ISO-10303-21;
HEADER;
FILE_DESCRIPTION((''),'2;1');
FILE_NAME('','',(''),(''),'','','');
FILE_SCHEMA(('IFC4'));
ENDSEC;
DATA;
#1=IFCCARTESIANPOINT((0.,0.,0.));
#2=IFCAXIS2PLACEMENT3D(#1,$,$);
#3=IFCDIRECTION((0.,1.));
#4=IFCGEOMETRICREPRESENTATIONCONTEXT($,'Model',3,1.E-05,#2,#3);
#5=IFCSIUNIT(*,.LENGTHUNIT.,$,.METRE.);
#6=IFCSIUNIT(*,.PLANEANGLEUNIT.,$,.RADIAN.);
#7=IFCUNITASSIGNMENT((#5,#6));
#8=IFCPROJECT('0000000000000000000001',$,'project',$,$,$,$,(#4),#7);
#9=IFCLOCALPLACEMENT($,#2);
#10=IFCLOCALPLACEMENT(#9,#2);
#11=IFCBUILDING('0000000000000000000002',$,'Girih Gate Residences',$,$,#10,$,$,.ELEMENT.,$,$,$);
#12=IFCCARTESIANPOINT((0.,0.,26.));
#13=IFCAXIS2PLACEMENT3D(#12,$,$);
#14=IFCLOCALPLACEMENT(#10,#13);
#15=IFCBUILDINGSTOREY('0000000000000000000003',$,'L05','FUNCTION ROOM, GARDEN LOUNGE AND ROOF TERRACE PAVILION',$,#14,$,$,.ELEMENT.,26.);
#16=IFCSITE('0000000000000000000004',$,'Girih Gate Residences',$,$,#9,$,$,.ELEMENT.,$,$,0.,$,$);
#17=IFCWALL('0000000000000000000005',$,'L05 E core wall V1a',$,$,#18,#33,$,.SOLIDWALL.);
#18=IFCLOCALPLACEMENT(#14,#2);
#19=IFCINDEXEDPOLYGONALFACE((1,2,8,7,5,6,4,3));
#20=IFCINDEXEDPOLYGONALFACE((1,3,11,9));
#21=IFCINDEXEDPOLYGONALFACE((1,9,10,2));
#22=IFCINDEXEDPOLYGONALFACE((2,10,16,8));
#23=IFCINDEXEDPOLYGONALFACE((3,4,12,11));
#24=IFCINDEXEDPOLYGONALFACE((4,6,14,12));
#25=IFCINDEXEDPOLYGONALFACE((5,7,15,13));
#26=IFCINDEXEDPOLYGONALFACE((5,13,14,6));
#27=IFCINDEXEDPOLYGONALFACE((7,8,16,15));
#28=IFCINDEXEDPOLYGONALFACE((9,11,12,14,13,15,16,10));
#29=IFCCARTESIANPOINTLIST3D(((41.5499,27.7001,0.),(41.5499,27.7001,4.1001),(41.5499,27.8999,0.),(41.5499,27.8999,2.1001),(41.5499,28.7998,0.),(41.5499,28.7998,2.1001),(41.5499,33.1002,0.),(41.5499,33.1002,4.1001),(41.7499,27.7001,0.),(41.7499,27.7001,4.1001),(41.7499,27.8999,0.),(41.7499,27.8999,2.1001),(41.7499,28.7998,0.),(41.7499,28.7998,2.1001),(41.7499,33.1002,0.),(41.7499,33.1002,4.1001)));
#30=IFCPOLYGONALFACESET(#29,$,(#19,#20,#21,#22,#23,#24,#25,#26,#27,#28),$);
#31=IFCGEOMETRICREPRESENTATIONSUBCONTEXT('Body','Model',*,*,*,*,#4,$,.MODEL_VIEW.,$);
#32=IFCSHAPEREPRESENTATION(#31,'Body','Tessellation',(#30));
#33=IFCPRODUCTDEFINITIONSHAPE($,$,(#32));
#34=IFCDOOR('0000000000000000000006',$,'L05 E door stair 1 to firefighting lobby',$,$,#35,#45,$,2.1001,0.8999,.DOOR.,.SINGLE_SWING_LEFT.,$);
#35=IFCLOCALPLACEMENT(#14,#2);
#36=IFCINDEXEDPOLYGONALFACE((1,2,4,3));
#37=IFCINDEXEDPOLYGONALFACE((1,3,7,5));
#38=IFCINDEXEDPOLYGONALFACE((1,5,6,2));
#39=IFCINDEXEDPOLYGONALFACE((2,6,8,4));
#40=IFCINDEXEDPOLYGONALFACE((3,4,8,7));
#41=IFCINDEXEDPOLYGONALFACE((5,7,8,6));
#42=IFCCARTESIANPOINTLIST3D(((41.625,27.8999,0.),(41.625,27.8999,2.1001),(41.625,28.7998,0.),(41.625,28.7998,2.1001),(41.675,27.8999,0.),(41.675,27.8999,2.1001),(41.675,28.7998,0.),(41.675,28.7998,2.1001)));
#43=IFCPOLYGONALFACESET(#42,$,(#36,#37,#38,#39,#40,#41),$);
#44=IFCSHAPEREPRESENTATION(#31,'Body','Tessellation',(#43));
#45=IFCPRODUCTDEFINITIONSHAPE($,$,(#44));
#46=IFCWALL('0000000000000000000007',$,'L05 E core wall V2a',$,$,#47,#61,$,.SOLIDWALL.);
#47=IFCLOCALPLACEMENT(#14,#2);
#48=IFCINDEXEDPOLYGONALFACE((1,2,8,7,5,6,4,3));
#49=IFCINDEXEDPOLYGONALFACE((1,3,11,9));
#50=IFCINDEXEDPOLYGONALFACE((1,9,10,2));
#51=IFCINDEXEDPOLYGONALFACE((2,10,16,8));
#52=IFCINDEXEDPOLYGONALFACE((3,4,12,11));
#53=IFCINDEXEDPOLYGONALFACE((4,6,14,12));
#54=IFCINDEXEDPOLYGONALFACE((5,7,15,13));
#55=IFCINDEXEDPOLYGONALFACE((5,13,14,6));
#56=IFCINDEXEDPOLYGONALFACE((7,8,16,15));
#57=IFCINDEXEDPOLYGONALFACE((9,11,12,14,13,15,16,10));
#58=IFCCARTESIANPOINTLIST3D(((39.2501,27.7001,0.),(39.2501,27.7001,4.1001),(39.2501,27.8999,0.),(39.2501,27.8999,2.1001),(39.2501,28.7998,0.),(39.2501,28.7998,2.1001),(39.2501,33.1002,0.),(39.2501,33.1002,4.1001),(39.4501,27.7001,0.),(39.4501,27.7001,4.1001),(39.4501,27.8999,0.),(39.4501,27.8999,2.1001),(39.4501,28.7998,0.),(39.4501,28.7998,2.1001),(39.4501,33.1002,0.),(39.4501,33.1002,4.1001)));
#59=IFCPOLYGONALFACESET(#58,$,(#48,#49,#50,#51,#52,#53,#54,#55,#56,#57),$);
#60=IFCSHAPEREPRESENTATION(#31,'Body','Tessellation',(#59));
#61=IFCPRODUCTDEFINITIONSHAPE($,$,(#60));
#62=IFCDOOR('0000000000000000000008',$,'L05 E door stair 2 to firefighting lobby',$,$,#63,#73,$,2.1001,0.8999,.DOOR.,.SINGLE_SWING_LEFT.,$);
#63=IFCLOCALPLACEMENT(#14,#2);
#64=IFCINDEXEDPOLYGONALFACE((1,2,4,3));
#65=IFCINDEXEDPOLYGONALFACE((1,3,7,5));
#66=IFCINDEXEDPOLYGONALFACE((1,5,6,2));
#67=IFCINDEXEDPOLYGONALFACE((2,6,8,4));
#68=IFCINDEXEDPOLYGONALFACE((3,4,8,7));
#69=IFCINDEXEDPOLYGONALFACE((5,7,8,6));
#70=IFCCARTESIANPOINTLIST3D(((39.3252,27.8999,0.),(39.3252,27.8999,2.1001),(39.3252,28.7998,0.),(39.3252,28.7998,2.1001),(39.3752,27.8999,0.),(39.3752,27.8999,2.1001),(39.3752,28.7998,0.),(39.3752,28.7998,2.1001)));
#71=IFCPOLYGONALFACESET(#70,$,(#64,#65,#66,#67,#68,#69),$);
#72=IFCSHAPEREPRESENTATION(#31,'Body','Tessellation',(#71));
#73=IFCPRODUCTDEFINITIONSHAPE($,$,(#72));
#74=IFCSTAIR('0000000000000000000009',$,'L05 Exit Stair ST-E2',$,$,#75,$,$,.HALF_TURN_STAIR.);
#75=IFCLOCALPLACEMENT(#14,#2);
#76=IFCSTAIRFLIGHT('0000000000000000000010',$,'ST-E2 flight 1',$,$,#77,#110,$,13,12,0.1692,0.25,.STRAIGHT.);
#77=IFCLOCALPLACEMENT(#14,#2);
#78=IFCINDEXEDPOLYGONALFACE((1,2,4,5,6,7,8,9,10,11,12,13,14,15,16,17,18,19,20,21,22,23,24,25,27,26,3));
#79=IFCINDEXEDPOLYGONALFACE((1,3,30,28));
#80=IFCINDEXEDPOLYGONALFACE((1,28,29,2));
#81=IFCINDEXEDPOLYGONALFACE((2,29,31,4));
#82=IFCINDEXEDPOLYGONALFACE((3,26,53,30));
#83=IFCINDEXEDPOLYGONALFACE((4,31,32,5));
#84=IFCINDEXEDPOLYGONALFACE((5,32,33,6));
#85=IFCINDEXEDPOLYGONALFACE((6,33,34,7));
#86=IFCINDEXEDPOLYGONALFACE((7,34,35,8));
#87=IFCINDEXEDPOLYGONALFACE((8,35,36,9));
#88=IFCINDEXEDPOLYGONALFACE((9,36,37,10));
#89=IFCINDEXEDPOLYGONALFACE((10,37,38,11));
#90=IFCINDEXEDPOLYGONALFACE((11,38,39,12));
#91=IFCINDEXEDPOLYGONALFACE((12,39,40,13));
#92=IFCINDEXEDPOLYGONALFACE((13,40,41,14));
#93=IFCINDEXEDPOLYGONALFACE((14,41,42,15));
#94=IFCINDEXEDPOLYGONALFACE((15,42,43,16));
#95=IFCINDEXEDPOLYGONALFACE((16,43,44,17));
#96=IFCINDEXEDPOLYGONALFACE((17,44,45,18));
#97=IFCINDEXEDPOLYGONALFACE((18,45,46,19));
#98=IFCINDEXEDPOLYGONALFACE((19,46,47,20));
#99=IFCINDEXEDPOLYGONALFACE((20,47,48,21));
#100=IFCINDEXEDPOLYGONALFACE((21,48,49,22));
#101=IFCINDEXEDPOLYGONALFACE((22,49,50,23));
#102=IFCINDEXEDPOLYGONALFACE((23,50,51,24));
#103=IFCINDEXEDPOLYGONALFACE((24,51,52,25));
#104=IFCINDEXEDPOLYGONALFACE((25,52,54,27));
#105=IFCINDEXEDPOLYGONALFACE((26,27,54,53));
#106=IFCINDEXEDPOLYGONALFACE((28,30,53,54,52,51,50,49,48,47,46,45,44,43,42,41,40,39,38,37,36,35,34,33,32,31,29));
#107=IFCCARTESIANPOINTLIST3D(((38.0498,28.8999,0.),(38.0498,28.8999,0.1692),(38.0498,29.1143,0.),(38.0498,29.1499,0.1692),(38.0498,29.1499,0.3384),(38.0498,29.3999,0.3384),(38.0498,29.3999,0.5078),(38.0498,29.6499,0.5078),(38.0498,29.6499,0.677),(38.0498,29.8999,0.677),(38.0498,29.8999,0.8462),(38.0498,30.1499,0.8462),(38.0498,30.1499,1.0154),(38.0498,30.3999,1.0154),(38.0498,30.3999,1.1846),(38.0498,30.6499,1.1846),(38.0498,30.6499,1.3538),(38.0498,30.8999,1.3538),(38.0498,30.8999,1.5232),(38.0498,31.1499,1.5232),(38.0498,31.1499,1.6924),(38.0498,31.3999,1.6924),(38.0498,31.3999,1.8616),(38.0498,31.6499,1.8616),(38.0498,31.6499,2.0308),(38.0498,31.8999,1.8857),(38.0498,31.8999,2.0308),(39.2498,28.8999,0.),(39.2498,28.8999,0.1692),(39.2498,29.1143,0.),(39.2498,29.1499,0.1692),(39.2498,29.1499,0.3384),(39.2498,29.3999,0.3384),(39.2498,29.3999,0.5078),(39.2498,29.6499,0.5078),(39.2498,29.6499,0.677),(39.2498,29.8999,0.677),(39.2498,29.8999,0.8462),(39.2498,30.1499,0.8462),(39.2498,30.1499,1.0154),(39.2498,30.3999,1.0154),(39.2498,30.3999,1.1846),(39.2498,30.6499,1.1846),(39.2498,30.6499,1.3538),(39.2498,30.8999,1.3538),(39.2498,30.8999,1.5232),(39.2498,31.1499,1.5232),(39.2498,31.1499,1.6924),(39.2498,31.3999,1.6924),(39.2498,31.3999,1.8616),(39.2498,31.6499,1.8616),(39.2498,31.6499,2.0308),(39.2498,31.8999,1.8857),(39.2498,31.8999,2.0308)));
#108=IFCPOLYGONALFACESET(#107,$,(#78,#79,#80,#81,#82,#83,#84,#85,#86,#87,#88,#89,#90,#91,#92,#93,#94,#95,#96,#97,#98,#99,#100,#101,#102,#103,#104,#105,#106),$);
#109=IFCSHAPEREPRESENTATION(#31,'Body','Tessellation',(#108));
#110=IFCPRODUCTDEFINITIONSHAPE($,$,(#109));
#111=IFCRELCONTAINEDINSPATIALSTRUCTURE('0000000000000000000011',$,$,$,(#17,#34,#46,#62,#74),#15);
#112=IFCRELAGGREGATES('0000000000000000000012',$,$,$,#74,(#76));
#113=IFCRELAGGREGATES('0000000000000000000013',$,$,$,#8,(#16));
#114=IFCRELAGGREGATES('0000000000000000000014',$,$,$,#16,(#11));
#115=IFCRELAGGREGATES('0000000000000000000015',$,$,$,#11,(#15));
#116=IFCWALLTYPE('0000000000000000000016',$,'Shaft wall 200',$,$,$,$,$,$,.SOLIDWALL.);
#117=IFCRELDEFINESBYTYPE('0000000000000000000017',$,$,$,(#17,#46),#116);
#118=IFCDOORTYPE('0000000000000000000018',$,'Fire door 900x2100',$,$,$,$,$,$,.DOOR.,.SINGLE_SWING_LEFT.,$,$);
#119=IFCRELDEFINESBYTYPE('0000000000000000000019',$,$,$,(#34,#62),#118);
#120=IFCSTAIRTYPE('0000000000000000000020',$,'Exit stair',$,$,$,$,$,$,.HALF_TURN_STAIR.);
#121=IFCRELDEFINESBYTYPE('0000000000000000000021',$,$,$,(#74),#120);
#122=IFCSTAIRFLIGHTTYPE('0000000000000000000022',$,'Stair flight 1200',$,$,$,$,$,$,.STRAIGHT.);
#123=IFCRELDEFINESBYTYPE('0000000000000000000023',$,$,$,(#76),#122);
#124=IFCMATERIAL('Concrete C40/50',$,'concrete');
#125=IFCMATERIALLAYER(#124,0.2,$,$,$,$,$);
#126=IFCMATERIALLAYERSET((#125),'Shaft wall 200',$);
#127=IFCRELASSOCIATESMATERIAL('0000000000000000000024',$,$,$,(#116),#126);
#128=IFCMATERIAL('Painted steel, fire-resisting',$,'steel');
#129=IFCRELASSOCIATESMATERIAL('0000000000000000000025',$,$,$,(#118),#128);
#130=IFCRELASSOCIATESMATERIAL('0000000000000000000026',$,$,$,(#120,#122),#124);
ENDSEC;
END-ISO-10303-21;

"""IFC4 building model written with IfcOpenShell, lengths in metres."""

from ifc_helpers import new_model, si_unit, direction, frame, frame_2d, origin, place, context, subcontext, project, spatial, polyline, rectangle, outline, extrude, material, layer, layer_set, type_object, element, fill, aggregate, save


model = new_model("IFC4")

# Units and contexts
model_context = context("Model", 3, precision=1e-05, world=origin(), true_north=direction((0.0, 1.0)))
body_context = subcontext(model_context, "Body", "Model", "MODEL_VIEW")
ifc_project = project(units=[si_unit("LENGTHUNIT", "METRE"), si_unit("PLANEANGLEUNIT", "RADIAN")], contexts=[model_context])

# Site, building, storey
site_placement = place(None, origin())
site = spatial("IfcSite", under=ifc_project, at=site_placement, Name="Girih Gate Residences", CompositionType="ELEMENT", RefElevation=0.0)
building_placement = place(site_placement, origin())
building = spatial("IfcBuilding", under=site, at=building_placement, Name="Girih Gate Residences", CompositionType="ELEMENT")
storey_placement = place(building_placement, frame((0.0, 0.0, 26.0)))
storey = spatial("IfcBuildingStorey", under=building, at=storey_placement, Name="L05", Description="FUNCTION ROOM, GARDEN LOUNGE AND ROOF TERRACE PAVILION", CompositionType="ELEMENT", Elevation=26.0)

# Shared definitions
ifc_material_1 = material(Name="Painted steel, fire-resisting", Category="steel")

# Walls, openings, doors
ifc_material_2 = material(Name="Concrete C40/50", Category="concrete")
ifc_layer_1 = layer(ifc_material_2, 0.2)
ifc_layer_set_1 = layer_set([ifc_layer_1], Name="Shaft wall 200")
wall_type_1 = type_object("IfcWallType", Name="Shaft wall 200", PredefinedType="SOLIDWALL", material=ifc_layer_set_1)
wall_1_placement = place(storey_placement, frame((41.6499, 27.7, 0.0), z_axis=(0.0, 0.0, 1.0), x_axis=(0.0, 1.0, 0.0)))
wall_1 = element("IfcWall", 1, at=wall_1_placement, inside=storey, type_object=wall_type_1, Name="L05 E core wall V1a", PredefinedType="SOLIDWALL", context=body_context, shape_type="SweptSolid", body=[
    extrude(rectangle(XDim=5.4001, YDim=0.2, at=frame_2d((2.7002, 0.0))), origin(), (0.0, 0.0, 1.0), 4.1001),
])
opening_1_placement = place(wall_1_placement, frame((0.2, 0.0, 0.0)))
opening_1 = element("IfcOpeningElement", 2, at=opening_1_placement, cuts=wall_1, PredefinedType="OPENING", context=body_context, shape_type="SweptSolid", body=[
    extrude(rectangle(XDim=0.8999, YDim=2.1001, at=frame_2d((0.45, 1.05))), frame((0.0, 0.1099, 0.0), z_axis=(0.0, -1.0, 0.0), x_axis=(1.0, 0.0, 0.0)), (0.0, 0.0, 1.0), 0.22),
])
door_type_1 = type_object("IfcDoorType", Name="Fire door 900x2100", OperationType="SINGLE_SWING_LEFT", PredefinedType="DOOR", material=ifc_material_1)
door_1_placement = place(opening_1_placement, origin())
door_1 = element("IfcDoor", 3, at=door_1_placement, inside=storey, type_object=door_type_1, Name="L05 E door stair 1 to firefighting lobby", OperationType="SINGLE_SWING_LEFT", OverallHeight=2.1001, OverallWidth=0.8999, PredefinedType="DOOR", context=body_context, shape_type="SweptSolid", body=[
    extrude(rectangle(XDim=0.8999, YDim=2.1001, at=frame_2d((0.45, 1.05))), frame((0.0, 0.0249, 0.0), z_axis=(0.0, -1.0, 0.0), x_axis=(1.0, 0.0, 0.0)), (0.0, 0.0, 1.0), 0.05),
])
fill(opening_1, door_1)
wall_2_placement = place(storey_placement, frame((39.3501, 27.7, 0.0), z_axis=(0.0, 0.0, 1.0), x_axis=(0.0, 1.0, 0.0)))
wall_2 = element("IfcWall", 4, at=wall_2_placement, inside=storey, type_object=wall_type_1, Name="L05 E core wall V2a", PredefinedType="SOLIDWALL", context=body_context, shape_type="SweptSolid", body=[
    extrude(rectangle(XDim=5.4001, YDim=0.2, at=frame_2d((2.7002, 0.0))), origin(), (0.0, 0.0, 1.0), 4.1001),
])
opening_2_placement = place(wall_2_placement, frame((0.2, 0.0, 0.0)))
opening_2 = element("IfcOpeningElement", 5, at=opening_2_placement, cuts=wall_2, PredefinedType="OPENING", context=body_context, shape_type="SweptSolid", body=[
    extrude(rectangle(XDim=0.8999, YDim=2.1001, at=frame_2d((0.45, 1.05))), frame((0.0, 0.1099, 0.0), z_axis=(0.0, -1.0, 0.0), x_axis=(1.0, 0.0, 0.0)), (0.0, 0.0, 1.0), 0.22),
])
door_2_placement = place(opening_2_placement, origin())
door_2 = element("IfcDoor", 6, at=door_2_placement, inside=storey, type_object=door_type_1, Name="L05 E door stair 2 to firefighting lobby", OperationType="SINGLE_SWING_LEFT", OverallHeight=2.1001, OverallWidth=0.8999, PredefinedType="DOOR", context=body_context, shape_type="SweptSolid", body=[
    extrude(rectangle(XDim=0.8999, YDim=2.1001, at=frame_2d((0.45, 1.05))), frame((0.0, 0.0249, 0.0), z_axis=(0.0, -1.0, 0.0), x_axis=(1.0, 0.0, 0.0)), (0.0, 0.0, 1.0), 0.05),
])
fill(opening_2, door_2)

# Stair, stair flight
stair_type = type_object("IfcStairType", Name="Exit stair", PredefinedType="HALF_TURN_STAIR", material=ifc_material_2)
stair_placement = place(storey_placement, origin())
stair = element("IfcStair", 7, at=stair_placement, inside=storey, type_object=stair_type, Name="L05 Exit Stair ST-E2", PredefinedType="HALF_TURN_STAIR")
stair_flight_type = type_object("IfcStairFlightType", Name="Stair flight 1200", PredefinedType="STRAIGHT", material=ifc_material_2)
stair_flight_placement = place(storey_placement, frame((38.6499, 28.8999, 0.0), z_axis=(0.0, 0.0, 1.0), x_axis=(0.0, 1.0, 0.0)))
stair_flight = element("IfcStairFlight", 8, at=stair_flight_placement, type_object=stair_flight_type, Name="ST-E2 flight 1", NumberOfRisers=13, NumberOfTreads=12, PredefinedType="STRAIGHT", RiserHeight=0.1692, TreadLength=0.25, context=body_context, shape_type="SweptSolid", body=[
    extrude(outline(polyline([(0.0, 0.0), (0.0, 0.1692), (0.25, 0.1692), (0.25, 0.3384), (0.5, 0.3384), (0.5, 0.5078), (0.75, 0.5078), (0.75, 0.677), (1.0, 0.677), (1.0, 0.8462), (1.25, 0.8462), (1.25, 1.0154), (1.5, 1.0154), (1.5, 1.1846), (1.75, 1.1846), (1.75, 1.3538), (2.0, 1.3538), (2.0, 1.5232), (2.25, 1.5232), (2.25, 1.6924), (2.5, 1.6924), (2.5, 1.8616), (2.75, 1.8616), (2.75, 2.0308), (3.0, 2.0308), (3.0, 2.2), (3.0, 1.8857), (0.2144, 0.0), (0.0, 0.0)])), frame((0.0, 0.6001, 0.0), z_axis=(0.0, -1.0, 0.0), x_axis=(1.0, 0.0, 0.0)), (0.0, 0.0, 1.0), 1.2),
])
aggregate(stair, [stair_flight])

save(model, "model.ifc")
